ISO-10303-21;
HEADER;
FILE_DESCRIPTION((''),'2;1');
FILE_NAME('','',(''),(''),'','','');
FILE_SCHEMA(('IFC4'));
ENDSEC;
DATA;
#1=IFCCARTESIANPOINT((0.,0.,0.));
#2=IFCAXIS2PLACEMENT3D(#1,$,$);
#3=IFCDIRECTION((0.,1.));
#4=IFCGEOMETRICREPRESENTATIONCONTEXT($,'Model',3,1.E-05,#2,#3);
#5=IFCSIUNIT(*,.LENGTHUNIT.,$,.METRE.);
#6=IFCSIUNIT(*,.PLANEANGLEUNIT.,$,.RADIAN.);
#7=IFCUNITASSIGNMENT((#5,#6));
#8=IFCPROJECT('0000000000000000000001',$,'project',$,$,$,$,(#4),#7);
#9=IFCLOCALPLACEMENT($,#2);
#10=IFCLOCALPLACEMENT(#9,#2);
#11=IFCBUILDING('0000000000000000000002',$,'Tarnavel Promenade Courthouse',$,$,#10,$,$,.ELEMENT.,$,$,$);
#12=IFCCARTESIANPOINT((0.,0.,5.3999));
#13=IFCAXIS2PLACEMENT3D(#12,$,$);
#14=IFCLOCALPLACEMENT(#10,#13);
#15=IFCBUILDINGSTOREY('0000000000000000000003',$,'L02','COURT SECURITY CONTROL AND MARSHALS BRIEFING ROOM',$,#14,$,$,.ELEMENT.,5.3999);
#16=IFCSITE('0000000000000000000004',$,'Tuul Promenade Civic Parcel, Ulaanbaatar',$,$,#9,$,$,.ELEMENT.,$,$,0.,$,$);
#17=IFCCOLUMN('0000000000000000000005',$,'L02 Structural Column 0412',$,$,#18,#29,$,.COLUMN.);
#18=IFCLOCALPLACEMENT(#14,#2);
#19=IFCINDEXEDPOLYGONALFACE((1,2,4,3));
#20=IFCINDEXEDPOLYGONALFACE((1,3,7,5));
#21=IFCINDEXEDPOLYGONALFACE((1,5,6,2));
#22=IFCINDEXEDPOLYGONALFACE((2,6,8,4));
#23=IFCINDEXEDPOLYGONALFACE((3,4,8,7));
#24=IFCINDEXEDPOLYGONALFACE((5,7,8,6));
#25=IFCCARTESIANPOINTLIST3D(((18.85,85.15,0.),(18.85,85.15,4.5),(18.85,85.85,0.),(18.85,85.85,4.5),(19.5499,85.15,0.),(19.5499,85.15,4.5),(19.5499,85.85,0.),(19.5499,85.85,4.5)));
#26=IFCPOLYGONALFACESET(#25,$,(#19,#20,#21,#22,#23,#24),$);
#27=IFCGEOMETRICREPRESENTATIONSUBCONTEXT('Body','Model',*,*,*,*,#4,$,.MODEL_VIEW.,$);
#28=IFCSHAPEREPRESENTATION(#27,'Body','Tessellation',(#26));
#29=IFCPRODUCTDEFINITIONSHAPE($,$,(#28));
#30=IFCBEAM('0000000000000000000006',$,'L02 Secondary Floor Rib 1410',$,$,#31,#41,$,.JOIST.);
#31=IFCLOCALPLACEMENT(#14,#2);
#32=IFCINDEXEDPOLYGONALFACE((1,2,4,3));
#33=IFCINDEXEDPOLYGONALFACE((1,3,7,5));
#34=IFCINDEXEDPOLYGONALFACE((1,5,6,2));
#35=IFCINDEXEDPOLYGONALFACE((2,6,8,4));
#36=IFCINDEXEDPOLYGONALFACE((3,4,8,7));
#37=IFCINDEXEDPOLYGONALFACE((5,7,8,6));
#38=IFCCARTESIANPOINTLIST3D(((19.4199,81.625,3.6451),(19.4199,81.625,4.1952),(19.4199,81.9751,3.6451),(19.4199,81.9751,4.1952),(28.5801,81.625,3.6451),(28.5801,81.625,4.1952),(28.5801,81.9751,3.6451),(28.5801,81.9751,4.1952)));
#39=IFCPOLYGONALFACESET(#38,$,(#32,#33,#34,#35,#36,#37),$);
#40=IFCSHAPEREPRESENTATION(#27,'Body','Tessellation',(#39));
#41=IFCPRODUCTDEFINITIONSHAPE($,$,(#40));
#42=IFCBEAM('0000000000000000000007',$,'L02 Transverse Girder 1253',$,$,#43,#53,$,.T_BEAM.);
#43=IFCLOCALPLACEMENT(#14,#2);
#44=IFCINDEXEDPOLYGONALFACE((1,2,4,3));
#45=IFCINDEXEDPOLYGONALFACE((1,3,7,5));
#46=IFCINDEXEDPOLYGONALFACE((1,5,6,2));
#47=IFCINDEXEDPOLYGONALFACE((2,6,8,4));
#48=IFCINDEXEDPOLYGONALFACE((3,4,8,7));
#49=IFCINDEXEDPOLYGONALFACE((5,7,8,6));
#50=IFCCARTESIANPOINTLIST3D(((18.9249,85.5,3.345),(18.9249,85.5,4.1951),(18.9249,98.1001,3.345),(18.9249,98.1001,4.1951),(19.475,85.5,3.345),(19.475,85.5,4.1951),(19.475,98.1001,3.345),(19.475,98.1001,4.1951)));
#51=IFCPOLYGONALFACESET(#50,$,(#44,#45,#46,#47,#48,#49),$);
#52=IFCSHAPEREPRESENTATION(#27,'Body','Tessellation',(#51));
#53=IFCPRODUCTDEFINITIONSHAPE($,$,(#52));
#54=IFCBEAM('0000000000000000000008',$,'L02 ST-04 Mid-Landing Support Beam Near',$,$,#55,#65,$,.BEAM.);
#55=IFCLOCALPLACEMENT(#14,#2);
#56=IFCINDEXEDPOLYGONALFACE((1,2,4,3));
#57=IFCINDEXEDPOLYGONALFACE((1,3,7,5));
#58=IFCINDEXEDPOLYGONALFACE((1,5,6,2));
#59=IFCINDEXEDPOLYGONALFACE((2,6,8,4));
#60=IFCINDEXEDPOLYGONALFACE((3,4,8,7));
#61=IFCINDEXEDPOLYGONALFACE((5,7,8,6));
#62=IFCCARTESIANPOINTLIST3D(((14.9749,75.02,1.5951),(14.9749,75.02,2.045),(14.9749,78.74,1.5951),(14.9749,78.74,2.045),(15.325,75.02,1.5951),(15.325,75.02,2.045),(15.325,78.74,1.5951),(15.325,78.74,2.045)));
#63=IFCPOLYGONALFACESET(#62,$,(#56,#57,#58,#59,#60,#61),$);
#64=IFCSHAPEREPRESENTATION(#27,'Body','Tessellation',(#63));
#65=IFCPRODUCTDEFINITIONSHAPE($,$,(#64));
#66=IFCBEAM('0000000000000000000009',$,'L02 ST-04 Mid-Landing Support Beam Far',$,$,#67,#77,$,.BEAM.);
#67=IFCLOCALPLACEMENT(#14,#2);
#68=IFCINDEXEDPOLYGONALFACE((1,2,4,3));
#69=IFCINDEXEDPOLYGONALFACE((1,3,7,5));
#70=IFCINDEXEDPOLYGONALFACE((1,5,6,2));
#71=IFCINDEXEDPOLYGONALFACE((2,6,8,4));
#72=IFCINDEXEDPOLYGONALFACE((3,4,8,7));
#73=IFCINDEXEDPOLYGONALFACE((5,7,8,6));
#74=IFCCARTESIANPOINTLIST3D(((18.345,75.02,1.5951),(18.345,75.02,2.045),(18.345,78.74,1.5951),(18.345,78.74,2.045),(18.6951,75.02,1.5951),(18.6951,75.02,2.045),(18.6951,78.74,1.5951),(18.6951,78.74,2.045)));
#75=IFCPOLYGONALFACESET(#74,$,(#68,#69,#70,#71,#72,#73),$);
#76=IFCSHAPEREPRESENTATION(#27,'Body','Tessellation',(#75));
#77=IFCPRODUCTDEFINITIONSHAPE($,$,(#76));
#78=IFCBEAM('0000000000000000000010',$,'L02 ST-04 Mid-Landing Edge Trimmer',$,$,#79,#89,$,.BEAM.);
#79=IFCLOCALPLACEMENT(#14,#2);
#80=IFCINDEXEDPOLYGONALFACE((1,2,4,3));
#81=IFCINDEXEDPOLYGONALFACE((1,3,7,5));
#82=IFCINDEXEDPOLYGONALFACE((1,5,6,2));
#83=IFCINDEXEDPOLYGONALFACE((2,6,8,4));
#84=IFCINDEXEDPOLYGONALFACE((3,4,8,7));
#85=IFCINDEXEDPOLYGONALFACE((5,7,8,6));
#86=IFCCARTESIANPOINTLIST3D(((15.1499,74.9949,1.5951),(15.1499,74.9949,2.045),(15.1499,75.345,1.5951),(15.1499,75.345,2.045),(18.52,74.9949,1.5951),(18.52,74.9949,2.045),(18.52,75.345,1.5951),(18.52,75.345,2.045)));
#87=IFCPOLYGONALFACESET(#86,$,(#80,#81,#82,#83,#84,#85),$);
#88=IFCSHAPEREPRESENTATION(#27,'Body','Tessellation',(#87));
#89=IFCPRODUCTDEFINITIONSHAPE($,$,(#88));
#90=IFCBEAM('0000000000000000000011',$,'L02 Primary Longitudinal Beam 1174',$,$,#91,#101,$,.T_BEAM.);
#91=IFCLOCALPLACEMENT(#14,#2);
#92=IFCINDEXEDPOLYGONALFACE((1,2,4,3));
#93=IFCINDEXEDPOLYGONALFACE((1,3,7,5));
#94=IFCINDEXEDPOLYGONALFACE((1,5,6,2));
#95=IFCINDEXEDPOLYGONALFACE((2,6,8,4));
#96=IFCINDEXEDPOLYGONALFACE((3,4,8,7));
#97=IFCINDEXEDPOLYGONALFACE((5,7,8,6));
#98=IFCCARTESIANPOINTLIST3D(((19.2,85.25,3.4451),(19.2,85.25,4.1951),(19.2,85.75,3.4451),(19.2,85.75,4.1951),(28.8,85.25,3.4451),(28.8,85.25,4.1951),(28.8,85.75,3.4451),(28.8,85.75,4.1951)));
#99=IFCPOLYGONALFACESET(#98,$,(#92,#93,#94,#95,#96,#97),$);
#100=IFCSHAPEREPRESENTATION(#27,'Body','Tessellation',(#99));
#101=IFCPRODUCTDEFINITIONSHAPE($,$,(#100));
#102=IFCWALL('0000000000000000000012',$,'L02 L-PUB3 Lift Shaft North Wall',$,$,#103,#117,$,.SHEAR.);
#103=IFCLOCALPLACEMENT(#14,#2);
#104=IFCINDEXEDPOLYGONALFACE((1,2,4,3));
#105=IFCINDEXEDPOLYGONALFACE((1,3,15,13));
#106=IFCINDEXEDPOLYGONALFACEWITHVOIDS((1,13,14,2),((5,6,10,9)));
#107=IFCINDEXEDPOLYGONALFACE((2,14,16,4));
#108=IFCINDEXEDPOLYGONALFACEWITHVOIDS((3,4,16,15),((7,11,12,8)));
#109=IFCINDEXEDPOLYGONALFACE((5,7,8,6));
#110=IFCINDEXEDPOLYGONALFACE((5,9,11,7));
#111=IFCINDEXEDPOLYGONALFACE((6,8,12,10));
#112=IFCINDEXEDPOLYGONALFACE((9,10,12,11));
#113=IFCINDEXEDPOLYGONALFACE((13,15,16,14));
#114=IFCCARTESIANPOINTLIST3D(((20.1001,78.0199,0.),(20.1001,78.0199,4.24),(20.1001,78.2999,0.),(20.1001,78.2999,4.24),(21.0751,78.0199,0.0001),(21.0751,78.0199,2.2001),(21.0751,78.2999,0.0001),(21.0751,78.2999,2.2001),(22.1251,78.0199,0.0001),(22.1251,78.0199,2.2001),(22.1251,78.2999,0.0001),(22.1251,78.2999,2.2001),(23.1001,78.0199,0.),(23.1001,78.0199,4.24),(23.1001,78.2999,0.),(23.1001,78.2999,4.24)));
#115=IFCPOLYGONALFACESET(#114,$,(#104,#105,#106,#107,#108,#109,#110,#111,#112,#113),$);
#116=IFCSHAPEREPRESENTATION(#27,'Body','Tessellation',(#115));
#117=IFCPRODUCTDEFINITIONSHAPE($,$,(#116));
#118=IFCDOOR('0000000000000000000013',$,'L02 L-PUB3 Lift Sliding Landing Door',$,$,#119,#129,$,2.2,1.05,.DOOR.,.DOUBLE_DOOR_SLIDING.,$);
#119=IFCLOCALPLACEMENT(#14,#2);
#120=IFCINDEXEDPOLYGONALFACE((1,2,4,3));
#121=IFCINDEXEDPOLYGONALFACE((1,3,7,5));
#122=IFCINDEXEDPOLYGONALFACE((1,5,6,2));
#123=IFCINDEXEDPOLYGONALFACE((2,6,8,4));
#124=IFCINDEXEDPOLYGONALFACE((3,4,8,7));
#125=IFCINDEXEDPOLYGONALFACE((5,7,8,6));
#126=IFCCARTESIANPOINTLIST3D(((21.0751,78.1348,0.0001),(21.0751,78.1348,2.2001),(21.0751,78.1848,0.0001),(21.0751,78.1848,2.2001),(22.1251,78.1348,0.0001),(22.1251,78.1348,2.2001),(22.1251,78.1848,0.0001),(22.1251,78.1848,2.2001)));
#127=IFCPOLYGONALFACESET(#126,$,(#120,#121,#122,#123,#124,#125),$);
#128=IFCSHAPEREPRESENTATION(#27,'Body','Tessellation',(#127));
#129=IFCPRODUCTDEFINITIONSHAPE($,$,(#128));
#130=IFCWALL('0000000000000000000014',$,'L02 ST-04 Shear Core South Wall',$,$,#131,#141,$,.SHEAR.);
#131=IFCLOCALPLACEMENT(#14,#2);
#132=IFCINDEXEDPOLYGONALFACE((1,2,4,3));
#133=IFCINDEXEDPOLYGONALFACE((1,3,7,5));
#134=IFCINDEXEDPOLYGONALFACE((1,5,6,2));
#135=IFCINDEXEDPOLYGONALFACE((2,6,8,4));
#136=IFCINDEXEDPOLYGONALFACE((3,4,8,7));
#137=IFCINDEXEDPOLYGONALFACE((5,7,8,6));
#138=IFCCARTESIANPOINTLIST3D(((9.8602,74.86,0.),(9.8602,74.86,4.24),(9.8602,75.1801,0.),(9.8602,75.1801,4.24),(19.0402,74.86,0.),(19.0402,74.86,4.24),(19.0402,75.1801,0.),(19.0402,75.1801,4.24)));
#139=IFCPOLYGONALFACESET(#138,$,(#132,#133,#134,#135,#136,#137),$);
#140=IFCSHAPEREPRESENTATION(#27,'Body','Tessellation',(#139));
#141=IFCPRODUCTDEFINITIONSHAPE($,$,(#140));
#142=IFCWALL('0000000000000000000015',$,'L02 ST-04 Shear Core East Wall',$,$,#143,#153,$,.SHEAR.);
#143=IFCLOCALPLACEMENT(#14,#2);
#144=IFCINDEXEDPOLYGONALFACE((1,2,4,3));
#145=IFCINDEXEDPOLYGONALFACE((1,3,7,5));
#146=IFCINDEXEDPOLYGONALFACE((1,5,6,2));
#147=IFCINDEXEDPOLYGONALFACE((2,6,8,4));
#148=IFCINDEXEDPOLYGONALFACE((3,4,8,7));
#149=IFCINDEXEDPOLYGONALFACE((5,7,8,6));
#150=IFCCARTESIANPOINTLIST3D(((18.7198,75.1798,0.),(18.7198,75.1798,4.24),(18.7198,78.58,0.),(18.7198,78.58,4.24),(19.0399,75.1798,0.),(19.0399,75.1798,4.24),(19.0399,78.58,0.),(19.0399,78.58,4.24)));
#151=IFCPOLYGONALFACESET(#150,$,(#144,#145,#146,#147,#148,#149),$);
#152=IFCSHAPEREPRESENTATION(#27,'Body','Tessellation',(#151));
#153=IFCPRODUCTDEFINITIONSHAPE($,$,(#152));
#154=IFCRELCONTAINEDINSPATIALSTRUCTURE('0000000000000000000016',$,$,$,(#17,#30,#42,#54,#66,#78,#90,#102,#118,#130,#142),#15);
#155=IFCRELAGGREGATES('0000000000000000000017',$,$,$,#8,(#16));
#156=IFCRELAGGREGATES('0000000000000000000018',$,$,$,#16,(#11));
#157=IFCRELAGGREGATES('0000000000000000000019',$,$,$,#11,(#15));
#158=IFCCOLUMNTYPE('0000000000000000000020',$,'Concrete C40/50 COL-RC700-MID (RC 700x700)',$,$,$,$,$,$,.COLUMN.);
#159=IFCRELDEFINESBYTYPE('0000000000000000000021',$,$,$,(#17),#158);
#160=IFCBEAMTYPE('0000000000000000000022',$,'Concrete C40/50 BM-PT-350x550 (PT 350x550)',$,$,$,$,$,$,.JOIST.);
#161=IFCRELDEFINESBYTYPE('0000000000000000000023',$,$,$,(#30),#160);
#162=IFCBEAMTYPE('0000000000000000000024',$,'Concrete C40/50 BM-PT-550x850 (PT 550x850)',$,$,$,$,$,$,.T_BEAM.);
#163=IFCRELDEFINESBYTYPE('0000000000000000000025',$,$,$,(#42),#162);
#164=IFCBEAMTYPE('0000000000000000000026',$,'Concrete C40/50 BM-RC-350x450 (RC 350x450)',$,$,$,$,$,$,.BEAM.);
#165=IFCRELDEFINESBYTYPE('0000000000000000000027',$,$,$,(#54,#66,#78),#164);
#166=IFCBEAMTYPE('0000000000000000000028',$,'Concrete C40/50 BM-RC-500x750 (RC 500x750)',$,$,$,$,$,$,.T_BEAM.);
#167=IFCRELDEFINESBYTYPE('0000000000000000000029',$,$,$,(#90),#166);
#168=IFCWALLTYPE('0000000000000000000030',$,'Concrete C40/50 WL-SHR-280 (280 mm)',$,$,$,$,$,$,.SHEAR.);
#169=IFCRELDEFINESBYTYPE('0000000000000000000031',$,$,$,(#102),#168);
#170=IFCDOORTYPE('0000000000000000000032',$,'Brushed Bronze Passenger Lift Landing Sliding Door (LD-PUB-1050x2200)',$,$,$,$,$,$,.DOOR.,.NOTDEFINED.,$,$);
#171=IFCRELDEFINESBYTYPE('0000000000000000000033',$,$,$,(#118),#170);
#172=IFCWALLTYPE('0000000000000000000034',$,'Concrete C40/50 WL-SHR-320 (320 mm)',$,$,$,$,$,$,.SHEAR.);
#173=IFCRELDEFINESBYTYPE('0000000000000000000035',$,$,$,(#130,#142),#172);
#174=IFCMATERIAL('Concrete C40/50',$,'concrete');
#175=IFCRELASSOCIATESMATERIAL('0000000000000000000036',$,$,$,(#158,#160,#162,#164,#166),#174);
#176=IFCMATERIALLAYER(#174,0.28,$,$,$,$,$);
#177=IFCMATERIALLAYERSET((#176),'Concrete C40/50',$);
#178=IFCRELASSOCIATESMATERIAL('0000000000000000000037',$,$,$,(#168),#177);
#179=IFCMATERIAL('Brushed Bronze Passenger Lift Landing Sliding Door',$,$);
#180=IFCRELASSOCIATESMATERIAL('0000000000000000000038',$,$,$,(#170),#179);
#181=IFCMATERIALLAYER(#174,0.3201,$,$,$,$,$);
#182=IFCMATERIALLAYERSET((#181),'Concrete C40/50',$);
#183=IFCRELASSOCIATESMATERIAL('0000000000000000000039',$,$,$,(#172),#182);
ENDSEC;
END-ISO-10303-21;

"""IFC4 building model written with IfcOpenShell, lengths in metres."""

from ifc_helpers import new_model, si_unit, direction, frame, frame_2d, origin, origin_2d, place, context, subcontext, project, spatial, rectangle, extrude, material, layer, layer_set, material_profile, profile_set, type_object, element, fill, save


model = new_model("IFC4")

# Units and contexts
model_context = context("Model", 3, precision=1e-05, world=origin(), true_north=direction((0.0, 1.0)))
body_context = subcontext(model_context, "Body", "Model", "MODEL_VIEW")
ifc_project = project(units=[si_unit("LENGTHUNIT", "METRE"), si_unit("PLANEANGLEUNIT", "RADIAN")], contexts=[model_context])

# Site, building, storey
site_placement = place(None, origin())
site = spatial("IfcSite", under=ifc_project, at=site_placement, Name="Tuul Promenade Civic Parcel, Ulaanbaatar", CompositionType="ELEMENT", RefElevation=0.0)
building_placement = place(site_placement, origin())
building = spatial("IfcBuilding", under=site, at=building_placement, Name="Tarnavel Promenade Courthouse", CompositionType="ELEMENT")
storey_placement = place(building_placement, frame((0.0, 0.0, 5.3999)))
storey = spatial("IfcBuildingStorey", under=building, at=storey_placement, Name="L02", Description="COURT SECURITY CONTROL AND MARSHALS BRIEFING ROOM", CompositionType="ELEMENT", Elevation=5.3999)

# Column
ifc_material_1 = material(Name="Concrete C40/50", Category="concrete")
ifc_material_profile_1 = material_profile(ifc_material_1, rectangle(XDim=0.7, YDim=0.7, at=origin_2d()), Name="RC 700x700")
ifc_profile_set_1 = profile_set([ifc_material_profile_1], Name="Concrete C40/50")
column_type = type_object("IfcColumnType", Name="Concrete C40/50 COL-RC700-MID (RC 700x700)", PredefinedType="COLUMN", material=ifc_profile_set_1)
column_placement = place(storey_placement, frame((19.2, 85.5, 0.0), z_axis=(0.0, 0.0, 1.0), x_axis=(1.0, 0.0, 0.0)))
element("IfcColumn", 1, at=column_placement, inside=storey, type_object=column_type, Name="L02 Structural Column 0412", PredefinedType="COLUMN", context=body_context, shape_type="SweptSolid", body=[
    extrude(rectangle(XDim=0.7, YDim=0.7, at=origin_2d()), origin(), (0.0, 0.0, 1.0), 4.5),
])

# Beams
ifc_material_profile_2 = material_profile(ifc_material_1, rectangle(XDim=0.3501, YDim=0.55, at=origin_2d()), Name="PT 350x550")
ifc_profile_set_2 = profile_set([ifc_material_profile_2], Name="Concrete C40/50")
beam_type_1 = type_object("IfcBeamType", Name="Concrete C40/50 BM-PT-350x550 (PT 350x550)", PredefinedType="JOIST", material=ifc_profile_set_2)
beam_1_placement = place(storey_placement, frame((19.4199, 81.8, 3.9202), z_axis=(1.0, 0.0, 0.0), x_axis=(0.0, 1.0, 0.0)))
element("IfcBeam", 2, at=beam_1_placement, inside=storey, type_object=beam_type_1, Name="L02 Secondary Floor Rib 1410", PredefinedType="JOIST", context=body_context, shape_type="SweptSolid", body=[
    extrude(rectangle(XDim=0.3501, YDim=0.55, at=origin_2d()), origin(), (0.0, 0.0, 1.0), 9.1602),
])
ifc_material_profile_3 = material_profile(ifc_material_1, rectangle(XDim=0.55, YDim=0.8501, at=origin_2d()), Name="PT 550x850")
ifc_profile_set_3 = profile_set([ifc_material_profile_3], Name="Concrete C40/50")
beam_type_2 = type_object("IfcBeamType", Name="Concrete C40/50 BM-PT-550x850 (PT 550x850)", PredefinedType="T_BEAM", material=ifc_profile_set_3)
beam_2_placement = place(storey_placement, frame((19.2, 85.5, 3.77), z_axis=(0.0, 1.0, 0.0), x_axis=(-1.0, 0.0, 0.0)))
element("IfcBeam", 3, at=beam_2_placement, inside=storey, type_object=beam_type_2, Name="L02 Transverse Girder 1253", PredefinedType="T_BEAM", context=body_context, shape_type="SweptSolid", body=[
    extrude(rectangle(XDim=0.55, YDim=0.8501, at=origin_2d()), origin(), (0.0, 0.0, 1.0), 12.6001),
])
ifc_material_profile_4 = material_profile(ifc_material_1, rectangle(XDim=0.3501, YDim=0.45, at=origin_2d()), Name="RC 350x450")
ifc_profile_set_4 = profile_set([ifc_material_profile_4], Name="Concrete C40/50")
beam_type_3 = type_object("IfcBeamType", Name="Concrete C40/50 BM-RC-350x450 (RC 350x450)", PredefinedType="BEAM", material=ifc_profile_set_4)
for number, where, z_axis, x_axis, name in (
    (4, (15.1499, 75.02, 1.8201), (0.0, 1.0, 0.0), (-1.0, 0.0, 0.0), "L02 ST-04 Mid-Landing Support Beam Near"),
    (5, (18.52, 75.02, 1.8201), (0.0, 1.0, 0.0), (-1.0, 0.0, 0.0), "L02 ST-04 Mid-Landing Support Beam Far"),
):
    element("IfcBeam", number, at=place(storey_placement, frame(where, z_axis=z_axis, x_axis=x_axis)), inside=storey, type_object=beam_type_3, Name=name, PredefinedType="BEAM", context=body_context, shape_type="SweptSolid", body=[
        extrude(rectangle(XDim=0.3501, YDim=0.45, at=origin_2d()), origin(), (0.0, 0.0, 1.0), 3.72),
    ])
beam_3_placement = place(storey_placement, frame((15.1499, 75.1699, 1.8201), z_axis=(1.0, 0.0, 0.0), x_axis=(0.0, 1.0, 0.0)))
element("IfcBeam", 6, at=beam_3_placement, inside=storey, type_object=beam_type_3, Name="L02 ST-04 Mid-Landing Edge Trimmer", PredefinedType="BEAM", context=body_context, shape_type="SweptSolid", body=[
    extrude(rectangle(XDim=0.3501, YDim=0.45, at=origin_2d()), origin(), (0.0, 0.0, 1.0), 3.3701),
])
ifc_material_profile_5 = material_profile(ifc_material_1, rectangle(XDim=0.5, YDim=0.75, at=origin_2d()), Name="RC 500x750")
ifc_profile_set_5 = profile_set([ifc_material_profile_5], Name="Concrete C40/50")
beam_type_4 = type_object("IfcBeamType", Name="Concrete C40/50 BM-RC-500x750 (RC 500x750)", PredefinedType="T_BEAM", material=ifc_profile_set_5)
beam_4_placement = place(storey_placement, frame((19.2, 85.5, 3.8201), z_axis=(1.0, 0.0, 0.0), x_axis=(0.0, 1.0, 0.0)))
element("IfcBeam", 7, at=beam_4_placement, inside=storey, type_object=beam_type_4, Name="L02 Primary Longitudinal Beam 1174", PredefinedType="T_BEAM", context=body_context, shape_type="SweptSolid", body=[
    extrude(rectangle(XDim=0.5, YDim=0.75, at=origin_2d()), origin(), (0.0, 0.0, 1.0), 9.6001),
])

# Wall, opening, door
ifc_layer_1 = layer(ifc_material_1, 0.28)
ifc_layer_set_1 = layer_set([ifc_layer_1], Name="Concrete C40/50")
wall_type_1 = type_object("IfcWallType", Name="Concrete C40/50 WL-SHR-280 (280 mm)", PredefinedType="SHEAR", material=ifc_layer_set_1)
wall_1_placement = place(storey_placement, frame((20.1001, 78.1599, 0.0), z_axis=(0.0, 0.0, 1.0), x_axis=(1.0, 0.0, 0.0)))
wall_1 = element("IfcWall", 8, at=wall_1_placement, inside=storey, type_object=wall_type_1, Name="L02 L-PUB3 Lift Shaft North Wall", PredefinedType="SHEAR", context=body_context, shape_type="SweptSolid", body=[
    extrude(rectangle(XDim=3.0, YDim=0.28, at=frame_2d((1.5, 0.0))), origin(), (0.0, 0.0, 1.0), 4.24),
])
opening_1_placement = place(wall_1_placement, frame((0.9751, 0.0, 0.0)))
opening_1 = element("IfcOpeningElement", 9, at=opening_1_placement, cuts=wall_1, PredefinedType="OPENING", context=body_context, shape_type="SweptSolid", body=[
    extrude(rectangle(XDim=1.05, YDim=2.2, at=frame_2d((0.5249, 1.1001))), frame((0.0, 0.1499, 0.0), z_axis=(0.0, -1.0, 0.0), x_axis=(1.0, 0.0, 0.0)), (0.0, 0.0, 1.0), 0.3),
])
ifc_material_2 = material(Name="Brushed Bronze Passenger Lift Landing Sliding Door")
door_type_1 = type_object("IfcDoorType", Name="Brushed Bronze Passenger Lift Landing Sliding Door (LD-PUB-1050x2200)", OperationType="NOTDEFINED", PredefinedType="DOOR", material=ifc_material_2)
door_1_placement = place(opening_1_placement, origin())
door_1 = element("IfcDoor", 10, at=door_1_placement, inside=storey, type_object=door_type_1, Name="L02 L-PUB3 Lift Sliding Landing Door", OperationType="DOUBLE_DOOR_SLIDING", OverallHeight=2.2, OverallWidth=1.05, PredefinedType="DOOR", context=body_context, shape_type="SweptSolid", body=[
    extrude(rectangle(XDim=1.05, YDim=2.2, at=frame_2d((0.5249, 1.1001))), frame((0.0, 0.0249, 0.0), z_axis=(0.0, -1.0, 0.0), x_axis=(1.0, 0.0, 0.0)), (0.0, 0.0, 1.0), 0.05),
])
fill(opening_1, door_1)

# Walls
ifc_layer_2 = layer(ifc_material_1, 0.3201)
ifc_layer_set_2 = layer_set([ifc_layer_2], Name="Concrete C40/50")
wall_type_2 = type_object("IfcWallType", Name="Concrete C40/50 WL-SHR-320 (320 mm)", PredefinedType="SHEAR", material=ifc_layer_set_2)
wall_2_placement = place(storey_placement, frame((19.04, 75.02, 0.0), z_axis=(0.0, 0.0, 1.0), x_axis=(-1.0, 0.0, 0.0)))
element("IfcWall", 11, at=wall_2_placement, inside=storey, type_object=wall_type_2, Name="L02 ST-04 Shear Core South Wall", PredefinedType="SHEAR", context=body_context, shape_type="SweptSolid", body=[
    extrude(rectangle(XDim=9.1799, YDim=0.3201, at=frame_2d((4.5898, 0.0))), origin(), (0.0, 0.0, 1.0), 4.24),
])
wall_3_placement = place(storey_placement, frame((18.8799, 78.5801, 0.0), z_axis=(0.0, 0.0, 1.0), x_axis=(0.0, -1.0, 0.0)))
element("IfcWall", 12, at=wall_3_placement, inside=storey, type_object=wall_type_2, Name="L02 ST-04 Shear Core East Wall", PredefinedType="SHEAR", context=body_context, shape_type="SweptSolid", body=[
    extrude(rectangle(XDim=3.4001, YDim=0.3201, at=frame_2d((1.7002, 0.0))), origin(), (0.0, 0.0, 1.0), 4.24),
])

save(model, "model.ifc")
